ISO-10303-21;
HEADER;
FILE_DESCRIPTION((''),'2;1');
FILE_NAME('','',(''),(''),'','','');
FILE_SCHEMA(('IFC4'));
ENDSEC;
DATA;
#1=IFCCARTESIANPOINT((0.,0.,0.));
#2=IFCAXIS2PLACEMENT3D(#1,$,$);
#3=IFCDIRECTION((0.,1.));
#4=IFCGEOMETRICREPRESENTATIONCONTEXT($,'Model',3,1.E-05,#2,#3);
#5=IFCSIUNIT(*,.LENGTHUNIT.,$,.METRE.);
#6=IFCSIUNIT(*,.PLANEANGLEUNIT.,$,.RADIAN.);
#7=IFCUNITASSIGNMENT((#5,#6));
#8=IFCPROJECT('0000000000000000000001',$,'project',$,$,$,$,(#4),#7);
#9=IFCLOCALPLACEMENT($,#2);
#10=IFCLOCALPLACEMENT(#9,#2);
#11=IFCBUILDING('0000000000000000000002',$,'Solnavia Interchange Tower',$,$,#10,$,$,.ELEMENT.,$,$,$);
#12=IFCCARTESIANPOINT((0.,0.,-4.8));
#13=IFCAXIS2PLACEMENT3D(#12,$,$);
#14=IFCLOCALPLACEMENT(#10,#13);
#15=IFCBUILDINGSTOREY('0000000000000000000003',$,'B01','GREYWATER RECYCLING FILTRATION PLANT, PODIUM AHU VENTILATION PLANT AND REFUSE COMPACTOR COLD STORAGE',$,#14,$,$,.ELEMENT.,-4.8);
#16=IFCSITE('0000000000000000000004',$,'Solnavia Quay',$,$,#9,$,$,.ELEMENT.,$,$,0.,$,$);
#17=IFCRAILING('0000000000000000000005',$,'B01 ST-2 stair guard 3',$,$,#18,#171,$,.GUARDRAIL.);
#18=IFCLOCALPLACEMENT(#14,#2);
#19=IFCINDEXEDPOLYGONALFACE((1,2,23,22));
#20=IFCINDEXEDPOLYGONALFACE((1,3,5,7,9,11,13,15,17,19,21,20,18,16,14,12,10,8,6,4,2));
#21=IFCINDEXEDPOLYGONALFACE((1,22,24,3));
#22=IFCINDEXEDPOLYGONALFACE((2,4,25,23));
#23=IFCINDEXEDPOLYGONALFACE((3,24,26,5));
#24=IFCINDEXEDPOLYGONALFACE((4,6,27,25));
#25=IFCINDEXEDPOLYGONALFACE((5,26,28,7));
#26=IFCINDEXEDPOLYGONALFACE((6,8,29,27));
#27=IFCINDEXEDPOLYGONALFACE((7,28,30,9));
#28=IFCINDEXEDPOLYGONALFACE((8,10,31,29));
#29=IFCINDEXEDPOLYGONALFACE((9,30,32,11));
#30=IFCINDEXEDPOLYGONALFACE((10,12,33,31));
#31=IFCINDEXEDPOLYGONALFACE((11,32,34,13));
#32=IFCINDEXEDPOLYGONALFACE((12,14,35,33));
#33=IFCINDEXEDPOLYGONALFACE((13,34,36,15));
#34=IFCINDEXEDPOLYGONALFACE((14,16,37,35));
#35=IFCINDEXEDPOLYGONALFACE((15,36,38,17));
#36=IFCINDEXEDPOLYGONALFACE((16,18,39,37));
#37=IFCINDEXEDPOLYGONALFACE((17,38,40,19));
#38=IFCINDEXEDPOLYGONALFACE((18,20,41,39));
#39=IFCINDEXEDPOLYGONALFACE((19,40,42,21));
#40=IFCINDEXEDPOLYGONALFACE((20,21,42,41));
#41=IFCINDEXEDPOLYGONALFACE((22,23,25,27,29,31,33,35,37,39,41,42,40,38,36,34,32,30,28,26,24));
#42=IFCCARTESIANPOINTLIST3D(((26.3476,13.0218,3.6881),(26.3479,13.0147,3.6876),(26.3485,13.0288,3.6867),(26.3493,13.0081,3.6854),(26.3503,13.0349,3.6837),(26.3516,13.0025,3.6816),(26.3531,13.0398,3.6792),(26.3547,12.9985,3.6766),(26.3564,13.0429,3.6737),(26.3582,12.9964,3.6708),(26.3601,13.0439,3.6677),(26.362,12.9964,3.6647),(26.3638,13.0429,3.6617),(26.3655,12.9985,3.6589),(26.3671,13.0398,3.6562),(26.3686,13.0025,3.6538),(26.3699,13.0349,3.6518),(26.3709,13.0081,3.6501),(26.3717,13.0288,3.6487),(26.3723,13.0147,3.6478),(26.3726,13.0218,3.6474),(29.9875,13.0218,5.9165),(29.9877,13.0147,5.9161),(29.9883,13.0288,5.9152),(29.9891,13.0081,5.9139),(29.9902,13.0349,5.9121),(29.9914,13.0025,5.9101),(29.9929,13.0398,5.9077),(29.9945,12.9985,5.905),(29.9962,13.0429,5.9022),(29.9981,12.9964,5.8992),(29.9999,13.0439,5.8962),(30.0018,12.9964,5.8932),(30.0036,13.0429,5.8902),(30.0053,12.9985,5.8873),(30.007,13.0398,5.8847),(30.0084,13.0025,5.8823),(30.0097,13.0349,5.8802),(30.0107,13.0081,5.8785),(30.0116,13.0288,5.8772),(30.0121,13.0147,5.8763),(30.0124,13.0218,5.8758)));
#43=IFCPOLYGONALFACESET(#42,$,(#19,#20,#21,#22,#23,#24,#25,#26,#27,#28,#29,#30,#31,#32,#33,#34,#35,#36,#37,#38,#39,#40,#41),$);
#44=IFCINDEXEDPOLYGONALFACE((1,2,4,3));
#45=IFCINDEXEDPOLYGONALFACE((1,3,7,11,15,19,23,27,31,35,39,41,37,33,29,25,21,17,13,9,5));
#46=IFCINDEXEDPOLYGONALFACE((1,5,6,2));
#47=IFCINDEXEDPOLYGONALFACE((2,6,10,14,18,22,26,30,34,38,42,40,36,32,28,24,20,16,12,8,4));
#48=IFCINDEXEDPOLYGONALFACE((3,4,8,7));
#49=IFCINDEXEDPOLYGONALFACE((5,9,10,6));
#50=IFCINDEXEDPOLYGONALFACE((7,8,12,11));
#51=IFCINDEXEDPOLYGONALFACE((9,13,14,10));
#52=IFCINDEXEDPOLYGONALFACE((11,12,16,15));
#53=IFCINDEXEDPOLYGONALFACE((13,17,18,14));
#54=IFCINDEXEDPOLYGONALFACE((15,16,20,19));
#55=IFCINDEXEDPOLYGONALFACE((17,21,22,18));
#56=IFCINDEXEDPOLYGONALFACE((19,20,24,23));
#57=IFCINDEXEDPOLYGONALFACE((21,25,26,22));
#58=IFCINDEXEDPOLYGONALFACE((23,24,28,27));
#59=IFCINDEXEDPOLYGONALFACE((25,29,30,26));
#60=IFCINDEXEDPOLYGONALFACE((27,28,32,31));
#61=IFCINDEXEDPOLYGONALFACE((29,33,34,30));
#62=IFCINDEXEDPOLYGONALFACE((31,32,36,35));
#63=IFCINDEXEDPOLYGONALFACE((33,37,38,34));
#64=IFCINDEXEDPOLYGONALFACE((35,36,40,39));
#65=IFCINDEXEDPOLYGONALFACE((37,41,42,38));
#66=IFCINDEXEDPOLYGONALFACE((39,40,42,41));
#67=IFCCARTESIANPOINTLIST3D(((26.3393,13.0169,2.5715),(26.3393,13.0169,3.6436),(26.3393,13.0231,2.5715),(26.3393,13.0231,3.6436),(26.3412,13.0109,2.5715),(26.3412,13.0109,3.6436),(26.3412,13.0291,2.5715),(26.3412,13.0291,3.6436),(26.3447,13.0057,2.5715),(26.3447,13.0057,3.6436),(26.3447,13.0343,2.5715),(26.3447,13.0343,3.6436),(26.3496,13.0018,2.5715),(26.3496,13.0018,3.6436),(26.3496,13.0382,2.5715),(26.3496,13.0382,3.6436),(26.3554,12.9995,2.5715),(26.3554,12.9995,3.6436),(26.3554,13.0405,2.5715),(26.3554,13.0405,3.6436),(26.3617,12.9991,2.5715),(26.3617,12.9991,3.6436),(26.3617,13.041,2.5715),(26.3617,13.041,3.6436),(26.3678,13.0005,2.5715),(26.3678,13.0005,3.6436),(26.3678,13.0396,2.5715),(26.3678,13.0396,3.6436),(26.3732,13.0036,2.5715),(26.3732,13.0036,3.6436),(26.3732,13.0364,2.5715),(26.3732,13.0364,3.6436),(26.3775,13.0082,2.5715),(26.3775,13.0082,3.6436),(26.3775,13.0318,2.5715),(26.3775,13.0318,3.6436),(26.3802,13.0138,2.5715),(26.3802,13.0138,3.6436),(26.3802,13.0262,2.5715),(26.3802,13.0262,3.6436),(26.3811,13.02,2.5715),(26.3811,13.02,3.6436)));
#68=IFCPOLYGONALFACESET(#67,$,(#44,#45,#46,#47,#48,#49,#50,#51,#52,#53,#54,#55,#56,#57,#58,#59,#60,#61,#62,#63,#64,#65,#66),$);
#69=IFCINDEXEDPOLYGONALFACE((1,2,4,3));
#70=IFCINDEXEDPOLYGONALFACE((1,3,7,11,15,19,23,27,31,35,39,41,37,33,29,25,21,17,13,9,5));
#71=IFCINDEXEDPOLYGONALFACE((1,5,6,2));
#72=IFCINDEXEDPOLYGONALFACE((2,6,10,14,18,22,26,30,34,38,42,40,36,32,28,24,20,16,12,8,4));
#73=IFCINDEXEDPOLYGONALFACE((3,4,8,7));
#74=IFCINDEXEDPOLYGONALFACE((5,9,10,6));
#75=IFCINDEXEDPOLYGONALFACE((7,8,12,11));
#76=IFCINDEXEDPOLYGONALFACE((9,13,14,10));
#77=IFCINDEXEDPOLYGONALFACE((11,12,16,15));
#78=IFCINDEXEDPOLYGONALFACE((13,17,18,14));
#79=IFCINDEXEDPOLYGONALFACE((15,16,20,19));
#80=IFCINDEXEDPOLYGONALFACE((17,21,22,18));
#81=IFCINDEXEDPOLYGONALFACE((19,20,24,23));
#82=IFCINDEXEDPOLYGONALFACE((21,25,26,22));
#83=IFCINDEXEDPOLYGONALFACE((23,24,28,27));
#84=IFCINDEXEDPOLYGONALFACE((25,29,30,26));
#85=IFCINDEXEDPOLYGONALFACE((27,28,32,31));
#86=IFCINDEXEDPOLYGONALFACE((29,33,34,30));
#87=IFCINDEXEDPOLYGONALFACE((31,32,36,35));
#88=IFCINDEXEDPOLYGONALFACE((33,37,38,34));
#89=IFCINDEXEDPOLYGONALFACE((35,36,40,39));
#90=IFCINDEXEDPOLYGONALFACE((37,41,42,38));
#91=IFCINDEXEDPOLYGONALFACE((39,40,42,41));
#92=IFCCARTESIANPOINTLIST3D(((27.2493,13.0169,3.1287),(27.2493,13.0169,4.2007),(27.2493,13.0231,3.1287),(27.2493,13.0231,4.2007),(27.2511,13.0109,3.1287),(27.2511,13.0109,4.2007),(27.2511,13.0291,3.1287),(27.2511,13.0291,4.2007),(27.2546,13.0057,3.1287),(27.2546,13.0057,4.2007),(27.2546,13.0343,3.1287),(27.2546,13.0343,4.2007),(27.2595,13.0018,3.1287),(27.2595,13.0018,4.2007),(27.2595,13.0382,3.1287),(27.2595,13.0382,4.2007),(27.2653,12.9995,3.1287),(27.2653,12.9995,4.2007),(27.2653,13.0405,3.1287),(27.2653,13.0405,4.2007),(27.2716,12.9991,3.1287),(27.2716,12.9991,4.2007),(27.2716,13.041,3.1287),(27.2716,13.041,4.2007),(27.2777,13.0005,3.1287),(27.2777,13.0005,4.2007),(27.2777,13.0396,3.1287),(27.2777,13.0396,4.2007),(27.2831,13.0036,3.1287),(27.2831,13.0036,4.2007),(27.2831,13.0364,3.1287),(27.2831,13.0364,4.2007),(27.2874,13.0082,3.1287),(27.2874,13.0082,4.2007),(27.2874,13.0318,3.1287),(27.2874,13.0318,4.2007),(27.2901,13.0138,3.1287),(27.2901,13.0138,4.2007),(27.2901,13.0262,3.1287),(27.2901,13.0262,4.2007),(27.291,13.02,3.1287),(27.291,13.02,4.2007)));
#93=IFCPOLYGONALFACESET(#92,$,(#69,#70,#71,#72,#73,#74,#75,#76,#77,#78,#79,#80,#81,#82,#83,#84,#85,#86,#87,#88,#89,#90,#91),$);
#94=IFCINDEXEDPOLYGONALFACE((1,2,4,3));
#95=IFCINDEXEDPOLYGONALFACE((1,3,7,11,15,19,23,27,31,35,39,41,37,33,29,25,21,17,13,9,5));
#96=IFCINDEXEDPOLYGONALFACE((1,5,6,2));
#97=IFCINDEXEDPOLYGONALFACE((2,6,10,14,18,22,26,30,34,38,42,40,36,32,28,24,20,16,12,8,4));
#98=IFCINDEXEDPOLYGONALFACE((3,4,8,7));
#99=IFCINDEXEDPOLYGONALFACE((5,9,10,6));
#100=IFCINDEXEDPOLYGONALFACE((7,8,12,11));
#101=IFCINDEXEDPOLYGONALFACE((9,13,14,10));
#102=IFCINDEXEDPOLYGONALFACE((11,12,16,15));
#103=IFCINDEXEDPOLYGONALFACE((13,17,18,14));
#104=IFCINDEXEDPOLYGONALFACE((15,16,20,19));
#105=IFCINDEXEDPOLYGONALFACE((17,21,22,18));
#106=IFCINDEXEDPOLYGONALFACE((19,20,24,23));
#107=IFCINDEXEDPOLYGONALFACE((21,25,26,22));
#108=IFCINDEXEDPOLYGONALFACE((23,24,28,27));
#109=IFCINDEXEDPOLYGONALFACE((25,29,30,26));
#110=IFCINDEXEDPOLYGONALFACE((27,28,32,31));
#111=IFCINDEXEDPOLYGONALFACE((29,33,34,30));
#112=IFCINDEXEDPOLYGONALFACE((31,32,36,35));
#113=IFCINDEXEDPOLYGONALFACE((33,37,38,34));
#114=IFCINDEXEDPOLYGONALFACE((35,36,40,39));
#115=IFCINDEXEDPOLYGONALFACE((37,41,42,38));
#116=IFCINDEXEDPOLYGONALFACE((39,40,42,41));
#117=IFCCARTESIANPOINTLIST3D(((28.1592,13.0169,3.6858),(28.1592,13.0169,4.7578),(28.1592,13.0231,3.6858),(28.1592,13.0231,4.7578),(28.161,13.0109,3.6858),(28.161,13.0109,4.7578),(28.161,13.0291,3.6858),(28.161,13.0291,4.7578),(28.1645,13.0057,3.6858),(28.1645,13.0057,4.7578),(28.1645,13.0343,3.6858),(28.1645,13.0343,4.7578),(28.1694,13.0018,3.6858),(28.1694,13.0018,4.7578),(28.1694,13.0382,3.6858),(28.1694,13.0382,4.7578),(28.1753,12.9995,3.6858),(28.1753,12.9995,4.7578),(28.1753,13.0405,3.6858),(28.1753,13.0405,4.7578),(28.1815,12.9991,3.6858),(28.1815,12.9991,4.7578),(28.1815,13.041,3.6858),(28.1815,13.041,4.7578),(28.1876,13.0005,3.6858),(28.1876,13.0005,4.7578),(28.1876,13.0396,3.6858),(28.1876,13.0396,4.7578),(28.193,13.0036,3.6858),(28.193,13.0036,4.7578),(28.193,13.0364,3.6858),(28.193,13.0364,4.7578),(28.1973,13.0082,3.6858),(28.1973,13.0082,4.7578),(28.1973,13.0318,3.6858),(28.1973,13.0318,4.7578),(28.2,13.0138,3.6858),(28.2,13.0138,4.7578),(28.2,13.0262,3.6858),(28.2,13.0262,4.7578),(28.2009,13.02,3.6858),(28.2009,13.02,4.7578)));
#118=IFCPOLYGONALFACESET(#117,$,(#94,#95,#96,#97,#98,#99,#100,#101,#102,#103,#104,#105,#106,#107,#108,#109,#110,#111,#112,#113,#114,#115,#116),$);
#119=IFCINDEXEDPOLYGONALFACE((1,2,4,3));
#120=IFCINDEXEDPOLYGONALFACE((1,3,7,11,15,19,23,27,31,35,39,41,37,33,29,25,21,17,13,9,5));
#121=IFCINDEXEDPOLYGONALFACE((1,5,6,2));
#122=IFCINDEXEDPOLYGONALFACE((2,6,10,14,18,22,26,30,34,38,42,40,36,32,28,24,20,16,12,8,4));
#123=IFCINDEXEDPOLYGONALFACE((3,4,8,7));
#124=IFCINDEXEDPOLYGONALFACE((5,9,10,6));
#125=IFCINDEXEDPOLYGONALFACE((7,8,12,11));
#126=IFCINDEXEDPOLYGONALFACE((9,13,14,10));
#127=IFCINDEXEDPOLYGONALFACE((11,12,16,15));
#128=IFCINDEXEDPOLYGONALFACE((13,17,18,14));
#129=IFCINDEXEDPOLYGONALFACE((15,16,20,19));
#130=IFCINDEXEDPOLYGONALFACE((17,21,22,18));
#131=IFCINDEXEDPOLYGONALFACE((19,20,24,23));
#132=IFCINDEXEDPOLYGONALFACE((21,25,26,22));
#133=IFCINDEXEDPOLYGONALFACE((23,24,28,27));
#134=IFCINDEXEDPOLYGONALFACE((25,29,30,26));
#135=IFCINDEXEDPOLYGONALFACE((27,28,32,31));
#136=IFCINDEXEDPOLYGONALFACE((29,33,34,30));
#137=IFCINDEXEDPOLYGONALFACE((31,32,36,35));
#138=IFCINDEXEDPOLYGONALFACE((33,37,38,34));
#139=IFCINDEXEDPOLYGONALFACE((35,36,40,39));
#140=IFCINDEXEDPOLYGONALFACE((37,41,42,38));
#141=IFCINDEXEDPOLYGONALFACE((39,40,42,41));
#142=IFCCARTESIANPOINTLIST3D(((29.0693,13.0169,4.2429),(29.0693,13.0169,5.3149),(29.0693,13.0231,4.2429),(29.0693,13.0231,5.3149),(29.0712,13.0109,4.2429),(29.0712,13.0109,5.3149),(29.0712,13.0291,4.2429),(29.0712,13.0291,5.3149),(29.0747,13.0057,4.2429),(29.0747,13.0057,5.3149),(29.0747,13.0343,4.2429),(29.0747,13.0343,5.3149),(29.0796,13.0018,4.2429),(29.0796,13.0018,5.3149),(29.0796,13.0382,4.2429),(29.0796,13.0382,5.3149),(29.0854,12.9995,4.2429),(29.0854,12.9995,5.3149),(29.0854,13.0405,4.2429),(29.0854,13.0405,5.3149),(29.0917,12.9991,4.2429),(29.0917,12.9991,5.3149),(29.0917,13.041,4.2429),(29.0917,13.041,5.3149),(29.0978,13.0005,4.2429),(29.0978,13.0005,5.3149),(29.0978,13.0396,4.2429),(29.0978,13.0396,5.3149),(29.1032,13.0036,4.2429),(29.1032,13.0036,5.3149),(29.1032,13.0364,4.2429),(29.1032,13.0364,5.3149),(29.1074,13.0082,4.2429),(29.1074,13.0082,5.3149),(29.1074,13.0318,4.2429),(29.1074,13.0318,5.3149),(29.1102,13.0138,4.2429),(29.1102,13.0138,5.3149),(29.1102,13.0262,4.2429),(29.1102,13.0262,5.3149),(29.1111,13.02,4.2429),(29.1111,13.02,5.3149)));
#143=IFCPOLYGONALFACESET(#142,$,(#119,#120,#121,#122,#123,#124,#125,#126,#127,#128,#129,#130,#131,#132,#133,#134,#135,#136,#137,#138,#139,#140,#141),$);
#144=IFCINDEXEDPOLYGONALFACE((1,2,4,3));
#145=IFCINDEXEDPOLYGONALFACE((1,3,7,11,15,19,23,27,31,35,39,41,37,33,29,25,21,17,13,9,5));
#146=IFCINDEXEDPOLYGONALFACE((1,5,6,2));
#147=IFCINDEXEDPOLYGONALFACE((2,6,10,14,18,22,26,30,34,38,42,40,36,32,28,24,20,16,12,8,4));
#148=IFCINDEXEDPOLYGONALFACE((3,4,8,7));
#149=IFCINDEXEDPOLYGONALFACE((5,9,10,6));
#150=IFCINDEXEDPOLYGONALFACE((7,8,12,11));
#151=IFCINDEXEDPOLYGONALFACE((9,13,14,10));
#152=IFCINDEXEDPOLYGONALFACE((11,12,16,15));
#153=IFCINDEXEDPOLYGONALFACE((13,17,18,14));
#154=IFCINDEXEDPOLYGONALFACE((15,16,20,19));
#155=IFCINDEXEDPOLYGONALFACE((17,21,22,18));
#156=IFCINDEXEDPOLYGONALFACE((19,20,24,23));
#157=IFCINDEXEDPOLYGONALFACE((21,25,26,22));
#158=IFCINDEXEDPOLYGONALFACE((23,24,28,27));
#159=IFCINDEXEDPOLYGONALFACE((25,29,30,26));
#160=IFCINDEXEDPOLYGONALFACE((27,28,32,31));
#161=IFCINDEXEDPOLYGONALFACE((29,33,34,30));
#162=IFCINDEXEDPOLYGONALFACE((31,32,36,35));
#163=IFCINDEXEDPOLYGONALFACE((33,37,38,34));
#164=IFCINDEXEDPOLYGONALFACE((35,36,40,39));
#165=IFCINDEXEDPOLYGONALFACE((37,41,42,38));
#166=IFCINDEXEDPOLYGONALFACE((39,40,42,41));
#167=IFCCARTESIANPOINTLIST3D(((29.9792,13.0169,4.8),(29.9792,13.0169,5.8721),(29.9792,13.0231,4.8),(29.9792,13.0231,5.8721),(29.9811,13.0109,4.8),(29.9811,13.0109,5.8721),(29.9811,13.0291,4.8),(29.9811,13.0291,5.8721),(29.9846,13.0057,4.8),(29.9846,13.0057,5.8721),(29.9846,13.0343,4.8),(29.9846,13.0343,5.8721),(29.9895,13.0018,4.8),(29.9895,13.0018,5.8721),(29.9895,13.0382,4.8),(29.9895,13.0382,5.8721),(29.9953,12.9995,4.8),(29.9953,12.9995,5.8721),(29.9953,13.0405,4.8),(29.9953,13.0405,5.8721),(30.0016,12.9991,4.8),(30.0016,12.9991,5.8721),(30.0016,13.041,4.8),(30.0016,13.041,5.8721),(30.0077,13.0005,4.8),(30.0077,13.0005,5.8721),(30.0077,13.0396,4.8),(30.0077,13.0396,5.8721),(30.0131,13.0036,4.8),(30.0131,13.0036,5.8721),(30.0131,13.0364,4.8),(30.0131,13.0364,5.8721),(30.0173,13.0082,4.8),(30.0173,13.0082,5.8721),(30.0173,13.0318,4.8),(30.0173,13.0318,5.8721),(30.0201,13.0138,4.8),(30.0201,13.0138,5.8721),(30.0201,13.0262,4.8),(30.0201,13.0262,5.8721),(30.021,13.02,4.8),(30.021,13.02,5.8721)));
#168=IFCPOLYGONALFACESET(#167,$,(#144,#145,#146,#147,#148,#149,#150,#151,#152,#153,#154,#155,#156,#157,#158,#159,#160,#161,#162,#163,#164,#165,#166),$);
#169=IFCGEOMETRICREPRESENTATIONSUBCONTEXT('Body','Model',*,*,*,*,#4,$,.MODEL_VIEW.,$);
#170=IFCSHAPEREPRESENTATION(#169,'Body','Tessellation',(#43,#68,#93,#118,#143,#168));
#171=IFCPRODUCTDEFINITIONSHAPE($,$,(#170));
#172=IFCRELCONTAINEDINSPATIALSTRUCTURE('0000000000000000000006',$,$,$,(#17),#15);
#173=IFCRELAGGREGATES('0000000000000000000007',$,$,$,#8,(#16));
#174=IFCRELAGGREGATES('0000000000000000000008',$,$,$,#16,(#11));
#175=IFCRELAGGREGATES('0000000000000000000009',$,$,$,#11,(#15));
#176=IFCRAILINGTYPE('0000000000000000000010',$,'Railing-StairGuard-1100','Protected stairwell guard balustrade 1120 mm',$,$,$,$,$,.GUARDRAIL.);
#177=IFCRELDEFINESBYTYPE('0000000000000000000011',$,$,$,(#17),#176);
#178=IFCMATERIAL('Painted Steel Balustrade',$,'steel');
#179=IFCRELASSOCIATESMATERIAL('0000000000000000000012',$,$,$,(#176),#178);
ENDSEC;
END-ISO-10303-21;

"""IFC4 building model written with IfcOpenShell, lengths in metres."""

from ifc_helpers import new_model, si_unit, direction, frame, origin, origin_2d, place, context, subcontext, project, spatial, circle, extrude, material, type_object, element, save


model = new_model("IFC4")

# Units and contexts
model_context = context("Model", 3, precision=1e-05, world=origin(), true_north=direction((0.0, 1.0)))
body_context = subcontext(model_context, "Body", "Model", "MODEL_VIEW")
ifc_project = project(units=[si_unit("LENGTHUNIT", "METRE"), si_unit("PLANEANGLEUNIT", "RADIAN")], contexts=[model_context])

# Site, building, storey
site_placement = place(None, origin())
site = spatial("IfcSite", under=ifc_project, at=site_placement, Name="Solnavia Quay", CompositionType="ELEMENT", RefElevation=0.0)
building_placement = place(site_placement, origin())
building = spatial("IfcBuilding", under=site, at=building_placement, Name="Solnavia Interchange Tower", CompositionType="ELEMENT")
storey_placement = place(building_placement, frame((0.0, 0.0, -4.8)))
storey = spatial("IfcBuildingStorey", under=building, at=storey_placement, Name="B01", Description="GREYWATER RECYCLING FILTRATION PLANT, PODIUM AHU VENTILATION PLANT AND REFUSE COMPACTOR COLD STORAGE", CompositionType="ELEMENT", Elevation=-4.8)

# Railing
ifc_material_1 = material(Name="Painted Steel Balustrade", Category="steel")
railing_type_1 = type_object("IfcRailingType", Name="Railing-StairGuard-1100", Description="Protected stairwell guard balustrade 1120 mm", PredefinedType="GUARDRAIL", material=ifc_material_1)
railing_1_placement = place(storey_placement, frame((26.3601, 13.02, 2.5715)))
element("IfcRailing", 1, at=railing_1_placement, inside=storey, type_object=railing_type_1, Name="B01 ST-2 stair guard 3", PredefinedType="GUARDRAIL", context=body_context, shape_type="SweptSolid", body=[
    extrude(circle(Radius=0.0239, at=origin_2d()), frame((0.0, 0.0, 1.0962), z_axis=(0.85285, 0.0, 0.522156), x_axis=(0.0, 1.0, 0.0)), (0.0, 0.0, 1.0), 4.2678),
    extrude(circle(Radius=0.021, at=origin_2d()), origin(), (0.0, 0.0, 1.0), 1.072),
    extrude(circle(Radius=0.021, at=origin_2d()), frame((0.9099, 0.0, 0.5571)), (0.0, 0.0, 1.0), 1.072),
    extrude(circle(Radius=0.021, at=origin_2d()), frame((1.8198, 0.0, 1.1143)), (0.0, 0.0, 1.0), 1.072),
    extrude(circle(Radius=0.021, at=origin_2d()), frame((2.73, 0.0, 1.6714)), (0.0, 0.0, 1.0), 1.072),
    extrude(circle(Radius=0.021, at=origin_2d()), frame((3.6399, 0.0, 2.2285)), (0.0, 0.0, 1.0), 1.072),
])

save(model, "model.ifc")
